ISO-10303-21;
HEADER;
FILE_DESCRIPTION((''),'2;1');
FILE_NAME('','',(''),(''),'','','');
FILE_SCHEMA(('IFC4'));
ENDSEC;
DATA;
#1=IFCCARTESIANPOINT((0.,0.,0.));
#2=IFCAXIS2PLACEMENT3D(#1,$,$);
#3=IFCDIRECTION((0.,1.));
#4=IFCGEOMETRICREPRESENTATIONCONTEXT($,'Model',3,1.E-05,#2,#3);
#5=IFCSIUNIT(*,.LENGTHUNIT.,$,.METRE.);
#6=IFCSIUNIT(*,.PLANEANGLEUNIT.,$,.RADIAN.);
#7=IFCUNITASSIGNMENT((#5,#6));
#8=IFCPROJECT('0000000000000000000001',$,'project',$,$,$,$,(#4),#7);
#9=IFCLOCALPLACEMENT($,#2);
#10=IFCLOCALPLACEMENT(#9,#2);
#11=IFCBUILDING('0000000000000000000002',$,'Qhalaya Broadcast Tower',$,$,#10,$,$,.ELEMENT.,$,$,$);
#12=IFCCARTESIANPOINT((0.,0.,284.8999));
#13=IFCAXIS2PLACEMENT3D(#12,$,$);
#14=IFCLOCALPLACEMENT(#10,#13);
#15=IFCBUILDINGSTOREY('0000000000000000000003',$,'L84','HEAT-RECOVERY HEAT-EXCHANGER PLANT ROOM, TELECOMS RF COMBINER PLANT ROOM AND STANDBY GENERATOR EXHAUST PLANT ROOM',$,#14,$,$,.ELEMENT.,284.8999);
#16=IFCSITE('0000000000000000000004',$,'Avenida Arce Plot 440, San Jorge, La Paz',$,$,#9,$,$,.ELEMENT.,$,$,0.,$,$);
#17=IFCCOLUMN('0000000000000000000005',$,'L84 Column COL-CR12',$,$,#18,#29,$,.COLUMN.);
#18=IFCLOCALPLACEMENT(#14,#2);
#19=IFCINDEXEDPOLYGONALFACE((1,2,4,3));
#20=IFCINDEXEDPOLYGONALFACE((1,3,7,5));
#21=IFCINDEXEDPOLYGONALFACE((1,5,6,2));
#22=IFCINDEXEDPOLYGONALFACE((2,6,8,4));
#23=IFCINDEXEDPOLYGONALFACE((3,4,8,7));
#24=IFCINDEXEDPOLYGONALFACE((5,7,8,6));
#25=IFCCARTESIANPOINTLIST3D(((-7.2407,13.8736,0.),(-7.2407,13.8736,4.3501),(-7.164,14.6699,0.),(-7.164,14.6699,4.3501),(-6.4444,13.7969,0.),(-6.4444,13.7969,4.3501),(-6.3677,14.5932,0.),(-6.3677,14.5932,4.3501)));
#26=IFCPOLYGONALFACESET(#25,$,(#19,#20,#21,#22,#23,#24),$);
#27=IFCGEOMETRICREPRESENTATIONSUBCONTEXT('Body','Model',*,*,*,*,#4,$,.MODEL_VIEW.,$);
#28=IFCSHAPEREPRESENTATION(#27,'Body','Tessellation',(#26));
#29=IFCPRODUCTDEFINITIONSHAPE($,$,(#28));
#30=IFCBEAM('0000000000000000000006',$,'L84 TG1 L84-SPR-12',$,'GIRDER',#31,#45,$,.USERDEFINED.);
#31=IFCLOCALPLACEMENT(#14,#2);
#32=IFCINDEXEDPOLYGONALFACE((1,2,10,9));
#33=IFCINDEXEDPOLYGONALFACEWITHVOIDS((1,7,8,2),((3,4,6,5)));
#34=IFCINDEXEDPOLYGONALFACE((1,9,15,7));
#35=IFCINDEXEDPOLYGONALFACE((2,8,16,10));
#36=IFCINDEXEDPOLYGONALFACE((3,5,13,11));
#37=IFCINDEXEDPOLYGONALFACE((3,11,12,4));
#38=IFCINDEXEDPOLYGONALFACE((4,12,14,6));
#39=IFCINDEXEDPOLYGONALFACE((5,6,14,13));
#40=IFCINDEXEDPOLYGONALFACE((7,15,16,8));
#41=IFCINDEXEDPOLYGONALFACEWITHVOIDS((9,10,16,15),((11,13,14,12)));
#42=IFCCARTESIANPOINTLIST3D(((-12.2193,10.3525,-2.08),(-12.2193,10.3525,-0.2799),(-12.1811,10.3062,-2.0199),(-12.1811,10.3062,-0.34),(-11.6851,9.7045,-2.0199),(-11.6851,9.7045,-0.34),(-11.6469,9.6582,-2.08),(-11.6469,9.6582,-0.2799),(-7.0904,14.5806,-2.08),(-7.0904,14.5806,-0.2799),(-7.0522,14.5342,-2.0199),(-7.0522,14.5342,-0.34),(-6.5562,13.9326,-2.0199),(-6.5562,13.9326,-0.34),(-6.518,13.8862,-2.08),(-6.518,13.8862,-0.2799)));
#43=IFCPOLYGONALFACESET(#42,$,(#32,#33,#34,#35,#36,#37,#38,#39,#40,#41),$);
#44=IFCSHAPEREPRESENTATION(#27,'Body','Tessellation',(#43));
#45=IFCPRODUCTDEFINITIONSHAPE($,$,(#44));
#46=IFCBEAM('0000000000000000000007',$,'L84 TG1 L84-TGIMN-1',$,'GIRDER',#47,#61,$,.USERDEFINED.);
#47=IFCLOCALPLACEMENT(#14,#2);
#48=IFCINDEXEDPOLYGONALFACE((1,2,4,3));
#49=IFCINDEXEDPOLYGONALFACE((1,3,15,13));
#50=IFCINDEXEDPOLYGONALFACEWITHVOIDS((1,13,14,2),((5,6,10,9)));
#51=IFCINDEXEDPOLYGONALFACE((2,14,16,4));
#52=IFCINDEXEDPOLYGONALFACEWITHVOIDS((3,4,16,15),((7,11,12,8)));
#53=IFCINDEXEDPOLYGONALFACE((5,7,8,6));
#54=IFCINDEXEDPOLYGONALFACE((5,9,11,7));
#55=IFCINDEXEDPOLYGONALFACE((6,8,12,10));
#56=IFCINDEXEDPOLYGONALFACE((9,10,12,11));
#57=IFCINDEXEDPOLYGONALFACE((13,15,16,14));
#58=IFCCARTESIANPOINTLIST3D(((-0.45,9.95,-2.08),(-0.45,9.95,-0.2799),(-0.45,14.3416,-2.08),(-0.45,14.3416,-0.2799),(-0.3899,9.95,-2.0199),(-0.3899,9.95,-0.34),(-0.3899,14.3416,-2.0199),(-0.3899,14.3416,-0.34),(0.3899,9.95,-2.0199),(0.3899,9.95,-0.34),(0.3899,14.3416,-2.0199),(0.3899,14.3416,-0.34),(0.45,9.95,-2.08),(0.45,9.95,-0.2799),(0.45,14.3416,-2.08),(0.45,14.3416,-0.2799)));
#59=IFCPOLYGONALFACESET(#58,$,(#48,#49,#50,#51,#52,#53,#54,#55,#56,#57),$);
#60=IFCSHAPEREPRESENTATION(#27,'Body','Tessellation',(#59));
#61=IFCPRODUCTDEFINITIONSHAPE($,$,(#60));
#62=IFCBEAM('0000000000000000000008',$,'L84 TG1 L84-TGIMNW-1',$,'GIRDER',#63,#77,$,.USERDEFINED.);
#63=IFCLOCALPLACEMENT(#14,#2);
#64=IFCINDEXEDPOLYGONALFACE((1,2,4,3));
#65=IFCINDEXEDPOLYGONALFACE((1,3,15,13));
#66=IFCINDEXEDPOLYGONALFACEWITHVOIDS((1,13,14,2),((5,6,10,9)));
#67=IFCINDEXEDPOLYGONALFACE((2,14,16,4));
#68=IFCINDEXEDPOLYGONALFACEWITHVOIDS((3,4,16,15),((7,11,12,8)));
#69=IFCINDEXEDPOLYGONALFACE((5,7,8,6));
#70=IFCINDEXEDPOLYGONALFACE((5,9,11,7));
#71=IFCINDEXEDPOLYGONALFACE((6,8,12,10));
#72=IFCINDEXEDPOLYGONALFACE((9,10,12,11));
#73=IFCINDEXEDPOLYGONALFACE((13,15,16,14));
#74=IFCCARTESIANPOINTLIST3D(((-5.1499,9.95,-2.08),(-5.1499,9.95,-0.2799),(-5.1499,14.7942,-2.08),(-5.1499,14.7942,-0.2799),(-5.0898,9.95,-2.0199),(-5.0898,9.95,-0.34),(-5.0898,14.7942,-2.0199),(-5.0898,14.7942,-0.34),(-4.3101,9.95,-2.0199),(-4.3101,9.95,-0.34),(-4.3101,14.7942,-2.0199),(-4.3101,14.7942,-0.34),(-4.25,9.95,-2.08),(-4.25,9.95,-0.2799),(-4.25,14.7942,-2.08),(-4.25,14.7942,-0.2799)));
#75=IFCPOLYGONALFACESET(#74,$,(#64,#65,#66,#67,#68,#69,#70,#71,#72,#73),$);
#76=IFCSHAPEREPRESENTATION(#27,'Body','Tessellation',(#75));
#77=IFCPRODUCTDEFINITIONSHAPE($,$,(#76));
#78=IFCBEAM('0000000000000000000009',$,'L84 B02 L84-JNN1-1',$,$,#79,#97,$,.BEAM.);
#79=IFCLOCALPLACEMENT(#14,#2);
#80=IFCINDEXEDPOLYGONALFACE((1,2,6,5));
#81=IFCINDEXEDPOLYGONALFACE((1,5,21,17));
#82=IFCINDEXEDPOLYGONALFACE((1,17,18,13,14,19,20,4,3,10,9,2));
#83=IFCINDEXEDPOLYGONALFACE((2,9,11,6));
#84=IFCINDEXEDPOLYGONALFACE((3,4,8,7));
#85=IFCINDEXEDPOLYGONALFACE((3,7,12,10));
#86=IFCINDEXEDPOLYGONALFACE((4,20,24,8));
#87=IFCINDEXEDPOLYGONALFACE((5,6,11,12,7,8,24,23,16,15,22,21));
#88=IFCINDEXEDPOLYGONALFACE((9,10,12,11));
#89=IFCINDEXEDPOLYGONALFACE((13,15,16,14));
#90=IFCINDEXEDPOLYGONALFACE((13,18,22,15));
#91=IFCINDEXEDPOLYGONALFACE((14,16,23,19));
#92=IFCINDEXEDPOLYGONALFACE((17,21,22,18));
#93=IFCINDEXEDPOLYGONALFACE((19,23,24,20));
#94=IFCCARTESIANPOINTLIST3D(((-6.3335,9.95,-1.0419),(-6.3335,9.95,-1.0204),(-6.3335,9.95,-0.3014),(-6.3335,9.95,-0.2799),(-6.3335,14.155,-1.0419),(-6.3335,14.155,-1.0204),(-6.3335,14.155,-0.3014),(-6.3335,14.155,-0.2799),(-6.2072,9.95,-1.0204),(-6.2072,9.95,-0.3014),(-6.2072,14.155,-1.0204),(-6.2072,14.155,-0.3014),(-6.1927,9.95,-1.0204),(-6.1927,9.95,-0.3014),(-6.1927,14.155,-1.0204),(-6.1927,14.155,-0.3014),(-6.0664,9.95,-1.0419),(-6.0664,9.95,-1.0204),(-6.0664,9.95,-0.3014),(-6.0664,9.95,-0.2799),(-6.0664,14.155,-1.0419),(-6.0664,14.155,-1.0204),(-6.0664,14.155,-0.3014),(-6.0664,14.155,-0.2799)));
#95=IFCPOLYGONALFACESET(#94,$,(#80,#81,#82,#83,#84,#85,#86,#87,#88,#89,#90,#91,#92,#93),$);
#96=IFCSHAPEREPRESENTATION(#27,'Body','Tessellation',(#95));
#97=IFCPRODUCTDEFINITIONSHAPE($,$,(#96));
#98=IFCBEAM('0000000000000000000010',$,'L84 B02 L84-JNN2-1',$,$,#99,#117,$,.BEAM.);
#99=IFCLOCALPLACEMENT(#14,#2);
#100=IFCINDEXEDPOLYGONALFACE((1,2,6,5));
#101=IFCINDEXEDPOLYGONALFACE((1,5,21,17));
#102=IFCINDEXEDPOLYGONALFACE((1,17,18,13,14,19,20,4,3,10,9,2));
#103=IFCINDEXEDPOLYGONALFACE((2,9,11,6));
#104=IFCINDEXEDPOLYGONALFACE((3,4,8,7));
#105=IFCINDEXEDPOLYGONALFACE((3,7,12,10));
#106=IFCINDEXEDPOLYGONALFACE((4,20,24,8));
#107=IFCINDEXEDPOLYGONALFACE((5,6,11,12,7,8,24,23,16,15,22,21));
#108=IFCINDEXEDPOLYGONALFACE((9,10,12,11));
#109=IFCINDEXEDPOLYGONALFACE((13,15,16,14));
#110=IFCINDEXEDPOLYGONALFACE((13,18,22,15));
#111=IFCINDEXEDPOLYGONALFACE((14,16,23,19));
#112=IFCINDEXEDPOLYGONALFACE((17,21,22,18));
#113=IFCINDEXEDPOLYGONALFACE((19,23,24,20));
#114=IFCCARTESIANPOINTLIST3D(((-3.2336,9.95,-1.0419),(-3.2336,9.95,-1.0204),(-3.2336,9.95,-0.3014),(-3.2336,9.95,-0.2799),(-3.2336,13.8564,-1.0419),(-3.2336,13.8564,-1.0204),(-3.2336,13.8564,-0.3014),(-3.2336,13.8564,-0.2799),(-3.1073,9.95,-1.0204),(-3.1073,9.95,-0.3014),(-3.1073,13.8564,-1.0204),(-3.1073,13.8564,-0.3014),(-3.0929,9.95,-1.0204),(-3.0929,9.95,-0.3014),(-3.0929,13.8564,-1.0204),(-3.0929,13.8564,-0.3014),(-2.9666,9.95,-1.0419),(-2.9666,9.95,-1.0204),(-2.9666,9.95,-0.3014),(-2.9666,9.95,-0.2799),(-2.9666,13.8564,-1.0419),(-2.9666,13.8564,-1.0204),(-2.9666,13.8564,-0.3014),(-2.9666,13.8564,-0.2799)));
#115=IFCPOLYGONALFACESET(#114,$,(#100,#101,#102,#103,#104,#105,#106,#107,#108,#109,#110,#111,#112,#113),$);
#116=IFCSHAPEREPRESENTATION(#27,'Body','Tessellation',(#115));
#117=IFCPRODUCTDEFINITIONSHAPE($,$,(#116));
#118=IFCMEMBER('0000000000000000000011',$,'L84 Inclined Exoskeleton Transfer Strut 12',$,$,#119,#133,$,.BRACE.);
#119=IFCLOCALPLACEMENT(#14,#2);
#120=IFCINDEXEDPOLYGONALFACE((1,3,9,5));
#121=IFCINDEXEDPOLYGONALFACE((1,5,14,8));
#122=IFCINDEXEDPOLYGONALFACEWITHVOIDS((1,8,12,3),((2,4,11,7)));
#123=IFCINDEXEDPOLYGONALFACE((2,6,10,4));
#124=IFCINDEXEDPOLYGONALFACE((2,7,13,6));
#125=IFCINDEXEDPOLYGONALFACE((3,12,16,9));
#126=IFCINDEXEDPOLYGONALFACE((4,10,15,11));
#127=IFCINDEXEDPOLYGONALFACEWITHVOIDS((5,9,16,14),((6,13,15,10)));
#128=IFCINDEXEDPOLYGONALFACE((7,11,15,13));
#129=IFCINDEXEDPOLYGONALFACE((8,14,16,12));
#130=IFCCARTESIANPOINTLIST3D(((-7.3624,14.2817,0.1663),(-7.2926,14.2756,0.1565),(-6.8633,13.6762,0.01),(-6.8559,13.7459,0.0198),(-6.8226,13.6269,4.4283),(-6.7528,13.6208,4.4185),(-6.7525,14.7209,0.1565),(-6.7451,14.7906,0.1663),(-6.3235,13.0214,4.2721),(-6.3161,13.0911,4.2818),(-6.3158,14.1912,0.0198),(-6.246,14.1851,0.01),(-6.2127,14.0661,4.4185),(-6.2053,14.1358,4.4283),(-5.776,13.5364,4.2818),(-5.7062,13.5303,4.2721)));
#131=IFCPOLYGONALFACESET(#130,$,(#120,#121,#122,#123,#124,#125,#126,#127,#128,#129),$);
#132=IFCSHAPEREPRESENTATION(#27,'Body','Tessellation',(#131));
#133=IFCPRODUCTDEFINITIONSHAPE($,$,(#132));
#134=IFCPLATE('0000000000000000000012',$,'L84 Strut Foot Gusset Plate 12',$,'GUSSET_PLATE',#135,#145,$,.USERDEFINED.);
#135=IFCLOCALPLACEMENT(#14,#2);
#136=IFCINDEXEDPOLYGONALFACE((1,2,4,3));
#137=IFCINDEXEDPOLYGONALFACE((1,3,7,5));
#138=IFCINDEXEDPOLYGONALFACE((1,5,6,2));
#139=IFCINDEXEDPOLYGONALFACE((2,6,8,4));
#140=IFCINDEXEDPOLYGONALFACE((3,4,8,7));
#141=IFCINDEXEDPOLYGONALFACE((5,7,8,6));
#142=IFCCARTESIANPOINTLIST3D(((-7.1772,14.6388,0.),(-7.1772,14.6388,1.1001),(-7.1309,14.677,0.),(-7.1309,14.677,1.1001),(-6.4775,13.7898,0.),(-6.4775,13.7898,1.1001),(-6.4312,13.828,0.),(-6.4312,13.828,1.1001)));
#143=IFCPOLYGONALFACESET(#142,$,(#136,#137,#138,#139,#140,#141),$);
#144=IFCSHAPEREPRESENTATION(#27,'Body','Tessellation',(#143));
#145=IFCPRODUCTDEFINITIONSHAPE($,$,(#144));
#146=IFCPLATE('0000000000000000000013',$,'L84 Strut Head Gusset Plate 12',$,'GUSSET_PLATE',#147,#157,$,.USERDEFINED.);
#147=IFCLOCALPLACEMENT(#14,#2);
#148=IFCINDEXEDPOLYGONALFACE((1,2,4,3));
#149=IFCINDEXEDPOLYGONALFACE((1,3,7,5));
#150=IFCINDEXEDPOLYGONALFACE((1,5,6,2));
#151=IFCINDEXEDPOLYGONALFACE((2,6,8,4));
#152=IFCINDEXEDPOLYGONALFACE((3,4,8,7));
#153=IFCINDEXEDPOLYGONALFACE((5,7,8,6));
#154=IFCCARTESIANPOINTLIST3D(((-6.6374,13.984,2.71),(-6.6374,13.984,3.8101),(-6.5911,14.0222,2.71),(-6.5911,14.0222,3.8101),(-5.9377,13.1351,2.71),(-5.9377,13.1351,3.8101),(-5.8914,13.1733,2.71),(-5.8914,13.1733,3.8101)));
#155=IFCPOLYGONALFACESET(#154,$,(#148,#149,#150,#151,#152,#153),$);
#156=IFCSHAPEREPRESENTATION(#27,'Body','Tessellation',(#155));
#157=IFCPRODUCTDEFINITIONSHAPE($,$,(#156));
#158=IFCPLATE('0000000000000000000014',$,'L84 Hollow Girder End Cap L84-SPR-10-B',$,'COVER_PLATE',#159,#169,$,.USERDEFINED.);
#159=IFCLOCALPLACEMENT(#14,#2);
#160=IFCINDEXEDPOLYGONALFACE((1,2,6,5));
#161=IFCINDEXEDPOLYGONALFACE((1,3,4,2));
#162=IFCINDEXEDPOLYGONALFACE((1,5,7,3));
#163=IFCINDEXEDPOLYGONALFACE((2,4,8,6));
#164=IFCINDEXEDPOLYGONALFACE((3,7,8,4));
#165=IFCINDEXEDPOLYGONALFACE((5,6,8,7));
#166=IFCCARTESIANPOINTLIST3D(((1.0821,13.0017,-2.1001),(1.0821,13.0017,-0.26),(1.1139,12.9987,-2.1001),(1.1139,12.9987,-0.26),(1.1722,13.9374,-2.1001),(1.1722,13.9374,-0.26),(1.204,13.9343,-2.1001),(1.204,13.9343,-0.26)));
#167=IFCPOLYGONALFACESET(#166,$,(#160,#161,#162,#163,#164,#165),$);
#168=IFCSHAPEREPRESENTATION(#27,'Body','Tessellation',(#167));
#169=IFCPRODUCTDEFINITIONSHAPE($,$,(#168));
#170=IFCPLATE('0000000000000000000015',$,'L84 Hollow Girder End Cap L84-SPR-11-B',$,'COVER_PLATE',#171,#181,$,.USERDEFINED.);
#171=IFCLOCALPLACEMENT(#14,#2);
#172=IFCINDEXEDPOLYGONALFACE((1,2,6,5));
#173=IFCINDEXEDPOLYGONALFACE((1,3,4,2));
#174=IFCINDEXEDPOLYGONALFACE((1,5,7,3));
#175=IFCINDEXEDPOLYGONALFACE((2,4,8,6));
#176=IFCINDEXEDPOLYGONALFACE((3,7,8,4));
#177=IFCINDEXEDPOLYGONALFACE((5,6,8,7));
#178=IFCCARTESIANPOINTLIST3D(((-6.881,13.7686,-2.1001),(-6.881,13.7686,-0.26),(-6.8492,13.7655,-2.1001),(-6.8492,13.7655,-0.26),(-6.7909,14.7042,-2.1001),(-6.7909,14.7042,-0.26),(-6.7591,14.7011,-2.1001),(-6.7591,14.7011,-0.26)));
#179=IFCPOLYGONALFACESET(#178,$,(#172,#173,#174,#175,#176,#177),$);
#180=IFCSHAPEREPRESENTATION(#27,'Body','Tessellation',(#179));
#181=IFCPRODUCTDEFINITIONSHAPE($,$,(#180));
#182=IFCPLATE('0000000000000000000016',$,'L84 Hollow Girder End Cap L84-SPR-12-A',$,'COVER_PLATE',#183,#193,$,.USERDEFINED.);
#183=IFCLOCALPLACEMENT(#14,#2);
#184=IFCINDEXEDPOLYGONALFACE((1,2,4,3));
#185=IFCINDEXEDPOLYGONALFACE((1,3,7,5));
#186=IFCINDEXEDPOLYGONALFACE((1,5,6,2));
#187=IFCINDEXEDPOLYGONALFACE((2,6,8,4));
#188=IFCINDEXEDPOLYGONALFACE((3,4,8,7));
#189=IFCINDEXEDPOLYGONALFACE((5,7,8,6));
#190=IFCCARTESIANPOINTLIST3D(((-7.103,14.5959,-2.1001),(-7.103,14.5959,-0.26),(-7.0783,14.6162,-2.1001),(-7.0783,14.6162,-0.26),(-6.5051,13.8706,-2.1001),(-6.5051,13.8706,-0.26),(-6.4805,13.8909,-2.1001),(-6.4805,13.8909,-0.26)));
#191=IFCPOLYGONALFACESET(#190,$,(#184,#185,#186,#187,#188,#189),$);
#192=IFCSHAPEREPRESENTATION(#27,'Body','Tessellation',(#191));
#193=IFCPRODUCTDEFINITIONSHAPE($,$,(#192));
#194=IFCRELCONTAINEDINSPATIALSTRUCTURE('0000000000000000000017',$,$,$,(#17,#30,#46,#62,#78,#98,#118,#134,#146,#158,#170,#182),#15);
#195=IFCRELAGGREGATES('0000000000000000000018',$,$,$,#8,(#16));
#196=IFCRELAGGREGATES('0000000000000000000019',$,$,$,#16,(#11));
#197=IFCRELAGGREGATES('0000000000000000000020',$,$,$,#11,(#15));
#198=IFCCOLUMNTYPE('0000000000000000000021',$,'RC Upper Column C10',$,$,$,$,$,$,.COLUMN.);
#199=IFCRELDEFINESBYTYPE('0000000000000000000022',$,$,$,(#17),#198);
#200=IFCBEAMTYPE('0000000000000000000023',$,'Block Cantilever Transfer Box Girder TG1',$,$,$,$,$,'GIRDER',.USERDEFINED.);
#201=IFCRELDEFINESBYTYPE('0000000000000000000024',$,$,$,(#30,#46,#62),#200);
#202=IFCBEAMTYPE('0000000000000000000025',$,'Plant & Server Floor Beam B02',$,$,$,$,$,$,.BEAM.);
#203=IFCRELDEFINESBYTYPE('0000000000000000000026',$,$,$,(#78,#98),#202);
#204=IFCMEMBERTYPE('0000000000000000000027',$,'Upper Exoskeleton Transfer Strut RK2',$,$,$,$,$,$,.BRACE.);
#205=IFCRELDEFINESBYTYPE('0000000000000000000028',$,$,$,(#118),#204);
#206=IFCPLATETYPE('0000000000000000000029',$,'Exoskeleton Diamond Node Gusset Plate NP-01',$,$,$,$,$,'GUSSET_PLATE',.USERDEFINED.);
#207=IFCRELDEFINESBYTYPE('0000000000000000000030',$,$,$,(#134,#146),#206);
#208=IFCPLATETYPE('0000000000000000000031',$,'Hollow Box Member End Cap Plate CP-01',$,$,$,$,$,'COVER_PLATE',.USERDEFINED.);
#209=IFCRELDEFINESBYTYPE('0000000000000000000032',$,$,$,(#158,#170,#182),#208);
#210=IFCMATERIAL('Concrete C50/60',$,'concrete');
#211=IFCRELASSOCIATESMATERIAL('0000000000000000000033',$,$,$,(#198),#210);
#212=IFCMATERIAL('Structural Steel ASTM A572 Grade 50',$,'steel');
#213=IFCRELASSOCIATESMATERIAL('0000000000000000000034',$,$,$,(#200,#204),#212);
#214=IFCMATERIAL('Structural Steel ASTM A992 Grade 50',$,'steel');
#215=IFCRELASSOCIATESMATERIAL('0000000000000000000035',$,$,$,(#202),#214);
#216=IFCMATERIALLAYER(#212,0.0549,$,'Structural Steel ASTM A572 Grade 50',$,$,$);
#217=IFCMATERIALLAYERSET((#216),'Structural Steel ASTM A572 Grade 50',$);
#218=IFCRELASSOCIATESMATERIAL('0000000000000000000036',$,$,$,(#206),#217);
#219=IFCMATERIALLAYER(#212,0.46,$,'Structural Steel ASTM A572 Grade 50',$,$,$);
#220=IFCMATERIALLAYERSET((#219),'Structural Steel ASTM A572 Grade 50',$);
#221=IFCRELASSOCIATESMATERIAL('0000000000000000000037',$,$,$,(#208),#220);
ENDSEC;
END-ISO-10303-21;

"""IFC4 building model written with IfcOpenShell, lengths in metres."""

from ifc_helpers import new_model, si_unit, direction, frame, origin, origin_2d, place, context, subcontext, project, spatial, rectangle, hollow_rectangle, i_section, extrude, material, layer, layer_set, material_profile, profile_set, type_object, element, save


model = new_model("IFC4")

# Units and contexts
model_context = context("Model", 3, precision=1e-05, world=origin(), true_north=direction((0.0, 1.0)))
body_context = subcontext(model_context, "Body", "Model", "MODEL_VIEW")
ifc_project = project(units=[si_unit("LENGTHUNIT", "METRE"), si_unit("PLANEANGLEUNIT", "RADIAN")], contexts=[model_context])

# Site, building, storey
site_placement = place(None, origin())
site = spatial("IfcSite", under=ifc_project, at=site_placement, Name="Avenida Arce Plot 440, San Jorge, La Paz", CompositionType="ELEMENT", RefElevation=0.0)
building_placement = place(site_placement, origin())
building = spatial("IfcBuilding", under=site, at=building_placement, Name="Qhalaya Broadcast Tower", CompositionType="ELEMENT")
storey_placement = place(building_placement, frame((0.0, 0.0, 284.8999)))
storey = spatial("IfcBuildingStorey", under=building, at=storey_placement, Name="L84", Description="HEAT-RECOVERY HEAT-EXCHANGER PLANT ROOM, TELECOMS RF COMBINER PLANT ROOM AND STANDBY GENERATOR EXHAUST PLANT ROOM", CompositionType="ELEMENT", Elevation=284.8999)

# Column
ifc_material_1 = material(Name="Concrete C50/60", Category="concrete")
ifc_material_profile_1 = material_profile(ifc_material_1, rectangle(XDim=0.8, YDim=0.8, at=origin_2d()), Name="RC-COL 800x800")
ifc_profile_set_1 = profile_set([ifc_material_profile_1], Name="Concrete C50/60")
column_type = type_object("IfcColumnType", Name="RC Upper Column C10", PredefinedType="COLUMN", material=ifc_profile_set_1)
column_placement = place(storey_placement, frame((-6.8042, 14.2334, 0.0), z_axis=(0.0, 0.0, 1.0), x_axis=(0.995396, -0.095846, 0.0)))
element("IfcColumn", 1, at=column_placement, inside=storey, type_object=column_type, Name="L84 Column COL-CR12", PredefinedType="COLUMN", context=body_context, shape_type="SweptSolid", body=[
    extrude(rectangle(XDim=0.8, YDim=0.8, at=origin_2d()), origin(), (0.0, 0.0, 1.0), 4.3501),
])

# Beams
ifc_material_2 = material(Name="Structural Steel ASTM A572 Grade 50", Category="steel")
ifc_material_profile_2 = material_profile(ifc_material_2, hollow_rectangle(XDim=0.8999, YDim=1.8, WallThickness=0.0601, at=origin_2d()), Name="BOX 900x1800x60")
ifc_profile_set_2 = profile_set([ifc_material_profile_2], Name="Structural Steel ASTM A572 Grade 50")
beam_type_1 = type_object("IfcBeamType", Name="Block Cantilever Transfer Box Girder TG1", ElementType="GIRDER", PredefinedType="USERDEFINED", material=ifc_profile_set_2)
beam_1_placement = place(storey_placement, frame((-6.8042, 14.2334, -1.1799), z_axis=(-0.771618, -0.636086, 0.0), x_axis=(0.636086, -0.771618, 0.0)))
element("IfcBeam", 2, at=beam_1_placement, inside=storey, type_object=beam_type_1, Name="L84 TG1 L84-SPR-12", ObjectType="GIRDER", PredefinedType="USERDEFINED", context=body_context, shape_type="SweptSolid", body=[
    extrude(hollow_rectangle(XDim=0.8999, YDim=1.8, WallThickness=0.0601, at=origin_2d()), origin(), (0.0, 0.0, 1.0), 6.647),
])
beam_2_placement = place(storey_placement, frame((0.0, 9.95, -1.1799), z_axis=(0.0, 1.0, 0.0), x_axis=(-1.0, 0.0, 0.0)))
element("IfcBeam", 3, at=beam_2_placement, inside=storey, type_object=beam_type_1, Name="L84 TG1 L84-TGIMN-1", ObjectType="GIRDER", PredefinedType="USERDEFINED", context=body_context, shape_type="SweptSolid", body=[
    extrude(hollow_rectangle(XDim=0.8999, YDim=1.8, WallThickness=0.0601, at=origin_2d()), origin(), (0.0, 0.0, 1.0), 4.3916),
])
beam_3_placement = place(storey_placement, frame((-4.7, 9.95, -1.1799), z_axis=(0.0, 1.0, 0.0), x_axis=(-1.0, 0.0, 0.0)))
element("IfcBeam", 4, at=beam_3_placement, inside=storey, type_object=beam_type_1, Name="L84 TG1 L84-TGIMNW-1", ObjectType="GIRDER", PredefinedType="USERDEFINED", context=body_context, shape_type="SweptSolid", body=[
    extrude(hollow_rectangle(XDim=0.8999, YDim=1.8, WallThickness=0.0601, at=origin_2d()), origin(), (0.0, 0.0, 1.0), 4.8442),
])
ifc_material_3 = material(Name="Structural Steel ASTM A992 Grade 50", Category="steel")
ifc_material_profile_3 = material_profile(ifc_material_3, i_section(OverallWidth=0.2671, OverallDepth=0.762, WebThickness=0.0144, FlangeThickness=0.0215, at=origin_2d()), Name="W30X116")
ifc_profile_set_3 = profile_set([ifc_material_profile_3], Name="Structural Steel ASTM A992 Grade 50")
beam_type_2 = type_object("IfcBeamType", Name="Plant & Server Floor Beam B02", PredefinedType="BEAM", material=ifc_profile_set_3)
beam_4_placement = place(storey_placement, frame((-6.2, 9.95, -0.6609), z_axis=(0.0, 1.0, 0.0), x_axis=(-1.0, 0.0, 0.0)))
element("IfcBeam", 5, at=beam_4_placement, inside=storey, type_object=beam_type_2, Name="L84 B02 L84-JNN1-1", PredefinedType="BEAM", context=body_context, shape_type="SweptSolid", body=[
    extrude(i_section(OverallWidth=0.2671, OverallDepth=0.762, WebThickness=0.0144, FlangeThickness=0.0215, at=origin_2d()), origin(), (0.0, 0.0, 1.0), 4.2051),
])
beam_5_placement = place(storey_placement, frame((-3.1001, 9.95, -0.6609), z_axis=(0.0, 1.0, 0.0), x_axis=(-1.0, 0.0, 0.0)))
element("IfcBeam", 6, at=beam_5_placement, inside=storey, type_object=beam_type_2, Name="L84 B02 L84-JNN2-1", PredefinedType="BEAM", context=body_context, shape_type="SweptSolid", body=[
    extrude(i_section(OverallWidth=0.2671, OverallDepth=0.762, WebThickness=0.0144, FlangeThickness=0.0215, at=origin_2d()), origin(), (0.0, 0.0, 1.0), 3.9065),
])

# Member
ifc_material_profile_4 = material_profile(ifc_material_2, hollow_rectangle(XDim=0.8, YDim=0.8, WallThickness=0.05, at=origin_2d()), Name="BOX 800x800x50")
ifc_profile_set_4 = profile_set([ifc_material_profile_4], Name="Structural Steel ASTM A572 Grade 50")
member_type = type_object("IfcMemberType", Name="Upper Exoskeleton Transfer Strut RK2", PredefinedType="BRACE", material=ifc_profile_set_4)
member_placement = place(storey_placement, frame((-6.8042, 14.2334, 0.0881), z_axis=(0.124216, -0.150677, 0.980748), x_axis=(0.771606, 0.6361, 0.0)))
element("IfcMember", 7, at=member_placement, inside=storey, type_object=member_type, Name="L84 Inclined Exoskeleton Transfer Strut 12", PredefinedType="BRACE", context=body_context, shape_type="SweptSolid", body=[
    extrude(hollow_rectangle(XDim=0.8, YDim=0.8, WallThickness=0.05, at=origin_2d()), origin(), (0.0, 0.0, 1.0), 4.3457),
])

# Plates
ifc_layer_1 = layer(ifc_material_2, 0.0549, Name="Structural Steel ASTM A572 Grade 50")
ifc_layer_set_1 = layer_set([ifc_layer_1], Name="Structural Steel ASTM A572 Grade 50")
plate_type_1 = type_object("IfcPlateType", Name="Exoskeleton Diamond Node Gusset Plate NP-01", ElementType="GUSSET_PLATE", PredefinedType="USERDEFINED", material=ifc_layer_set_1)
for number, where, z_axis, x_axis, name in (
    (8, (-6.8042, 14.2334, 0.0), (0.0, 0.0, 1.0), (0.636024, -0.771669, 0.0), "L84 Strut Foot Gusset Plate 12"),
    (9, (-6.2644, 13.5786, 2.71), (0.0, 0.0, 1.0), (0.636024, -0.771669, 0.0), "L84 Strut Head Gusset Plate 12"),
):
    element("IfcPlate", number, at=place(storey_placement, frame(where, z_axis=z_axis, x_axis=x_axis)), inside=storey, type_object=plate_type_1, Name=name, ObjectType="GUSSET_PLATE", PredefinedType="USERDEFINED", context=body_context, shape_type="SweptSolid", body=[
        extrude(rectangle(XDim=1.1001, YDim=0.0601, at=origin_2d()), origin(), (0.0, 0.0, 1.0), 1.1001),
    ])
ifc_layer_2 = layer(ifc_material_2, 0.46, Name="Structural Steel ASTM A572 Grade 50")
ifc_layer_set_2 = layer_set([ifc_layer_2], Name="Structural Steel ASTM A572 Grade 50")
plate_type_2 = type_object("IfcPlateType", Name="Hollow Box Member End Cap Plate CP-01", ElementType="COVER_PLATE", PredefinedType="USERDEFINED", material=ifc_layer_set_2)
for number, where, z_axis, x_axis, name in (
    (10, (1.1431, 13.468, -2.1001), (0.0, 0.0, 1.0), (-0.095846, -0.995396, 0.0), "L84 Hollow Girder End Cap L84-SPR-10-B"),
    (11, (-6.8201, 14.2349, -2.1001), (0.0, 0.0, 1.0), (-0.095846, -0.995396, 0.0), "L84 Hollow Girder End Cap L84-SPR-11-B"),
    (12, (-6.7917, 14.2434, -2.1001), (0.0, 0.0, 1.0), (0.636078, -0.771625, 0.0), "L84 Hollow Girder End Cap L84-SPR-12-A"),
):
    element("IfcPlate", number, at=place(storey_placement, frame(where, z_axis=z_axis, x_axis=x_axis)), inside=storey, type_object=plate_type_2, Name=name, ObjectType="COVER_PLATE", PredefinedType="USERDEFINED", context=body_context, shape_type="SweptSolid", body=[
        extrude(rectangle(XDim=0.9399, YDim=0.032, at=origin_2d()), origin(), (0.0, 0.0, 1.0), 1.8401),
    ])

save(model, "model.ifc")
